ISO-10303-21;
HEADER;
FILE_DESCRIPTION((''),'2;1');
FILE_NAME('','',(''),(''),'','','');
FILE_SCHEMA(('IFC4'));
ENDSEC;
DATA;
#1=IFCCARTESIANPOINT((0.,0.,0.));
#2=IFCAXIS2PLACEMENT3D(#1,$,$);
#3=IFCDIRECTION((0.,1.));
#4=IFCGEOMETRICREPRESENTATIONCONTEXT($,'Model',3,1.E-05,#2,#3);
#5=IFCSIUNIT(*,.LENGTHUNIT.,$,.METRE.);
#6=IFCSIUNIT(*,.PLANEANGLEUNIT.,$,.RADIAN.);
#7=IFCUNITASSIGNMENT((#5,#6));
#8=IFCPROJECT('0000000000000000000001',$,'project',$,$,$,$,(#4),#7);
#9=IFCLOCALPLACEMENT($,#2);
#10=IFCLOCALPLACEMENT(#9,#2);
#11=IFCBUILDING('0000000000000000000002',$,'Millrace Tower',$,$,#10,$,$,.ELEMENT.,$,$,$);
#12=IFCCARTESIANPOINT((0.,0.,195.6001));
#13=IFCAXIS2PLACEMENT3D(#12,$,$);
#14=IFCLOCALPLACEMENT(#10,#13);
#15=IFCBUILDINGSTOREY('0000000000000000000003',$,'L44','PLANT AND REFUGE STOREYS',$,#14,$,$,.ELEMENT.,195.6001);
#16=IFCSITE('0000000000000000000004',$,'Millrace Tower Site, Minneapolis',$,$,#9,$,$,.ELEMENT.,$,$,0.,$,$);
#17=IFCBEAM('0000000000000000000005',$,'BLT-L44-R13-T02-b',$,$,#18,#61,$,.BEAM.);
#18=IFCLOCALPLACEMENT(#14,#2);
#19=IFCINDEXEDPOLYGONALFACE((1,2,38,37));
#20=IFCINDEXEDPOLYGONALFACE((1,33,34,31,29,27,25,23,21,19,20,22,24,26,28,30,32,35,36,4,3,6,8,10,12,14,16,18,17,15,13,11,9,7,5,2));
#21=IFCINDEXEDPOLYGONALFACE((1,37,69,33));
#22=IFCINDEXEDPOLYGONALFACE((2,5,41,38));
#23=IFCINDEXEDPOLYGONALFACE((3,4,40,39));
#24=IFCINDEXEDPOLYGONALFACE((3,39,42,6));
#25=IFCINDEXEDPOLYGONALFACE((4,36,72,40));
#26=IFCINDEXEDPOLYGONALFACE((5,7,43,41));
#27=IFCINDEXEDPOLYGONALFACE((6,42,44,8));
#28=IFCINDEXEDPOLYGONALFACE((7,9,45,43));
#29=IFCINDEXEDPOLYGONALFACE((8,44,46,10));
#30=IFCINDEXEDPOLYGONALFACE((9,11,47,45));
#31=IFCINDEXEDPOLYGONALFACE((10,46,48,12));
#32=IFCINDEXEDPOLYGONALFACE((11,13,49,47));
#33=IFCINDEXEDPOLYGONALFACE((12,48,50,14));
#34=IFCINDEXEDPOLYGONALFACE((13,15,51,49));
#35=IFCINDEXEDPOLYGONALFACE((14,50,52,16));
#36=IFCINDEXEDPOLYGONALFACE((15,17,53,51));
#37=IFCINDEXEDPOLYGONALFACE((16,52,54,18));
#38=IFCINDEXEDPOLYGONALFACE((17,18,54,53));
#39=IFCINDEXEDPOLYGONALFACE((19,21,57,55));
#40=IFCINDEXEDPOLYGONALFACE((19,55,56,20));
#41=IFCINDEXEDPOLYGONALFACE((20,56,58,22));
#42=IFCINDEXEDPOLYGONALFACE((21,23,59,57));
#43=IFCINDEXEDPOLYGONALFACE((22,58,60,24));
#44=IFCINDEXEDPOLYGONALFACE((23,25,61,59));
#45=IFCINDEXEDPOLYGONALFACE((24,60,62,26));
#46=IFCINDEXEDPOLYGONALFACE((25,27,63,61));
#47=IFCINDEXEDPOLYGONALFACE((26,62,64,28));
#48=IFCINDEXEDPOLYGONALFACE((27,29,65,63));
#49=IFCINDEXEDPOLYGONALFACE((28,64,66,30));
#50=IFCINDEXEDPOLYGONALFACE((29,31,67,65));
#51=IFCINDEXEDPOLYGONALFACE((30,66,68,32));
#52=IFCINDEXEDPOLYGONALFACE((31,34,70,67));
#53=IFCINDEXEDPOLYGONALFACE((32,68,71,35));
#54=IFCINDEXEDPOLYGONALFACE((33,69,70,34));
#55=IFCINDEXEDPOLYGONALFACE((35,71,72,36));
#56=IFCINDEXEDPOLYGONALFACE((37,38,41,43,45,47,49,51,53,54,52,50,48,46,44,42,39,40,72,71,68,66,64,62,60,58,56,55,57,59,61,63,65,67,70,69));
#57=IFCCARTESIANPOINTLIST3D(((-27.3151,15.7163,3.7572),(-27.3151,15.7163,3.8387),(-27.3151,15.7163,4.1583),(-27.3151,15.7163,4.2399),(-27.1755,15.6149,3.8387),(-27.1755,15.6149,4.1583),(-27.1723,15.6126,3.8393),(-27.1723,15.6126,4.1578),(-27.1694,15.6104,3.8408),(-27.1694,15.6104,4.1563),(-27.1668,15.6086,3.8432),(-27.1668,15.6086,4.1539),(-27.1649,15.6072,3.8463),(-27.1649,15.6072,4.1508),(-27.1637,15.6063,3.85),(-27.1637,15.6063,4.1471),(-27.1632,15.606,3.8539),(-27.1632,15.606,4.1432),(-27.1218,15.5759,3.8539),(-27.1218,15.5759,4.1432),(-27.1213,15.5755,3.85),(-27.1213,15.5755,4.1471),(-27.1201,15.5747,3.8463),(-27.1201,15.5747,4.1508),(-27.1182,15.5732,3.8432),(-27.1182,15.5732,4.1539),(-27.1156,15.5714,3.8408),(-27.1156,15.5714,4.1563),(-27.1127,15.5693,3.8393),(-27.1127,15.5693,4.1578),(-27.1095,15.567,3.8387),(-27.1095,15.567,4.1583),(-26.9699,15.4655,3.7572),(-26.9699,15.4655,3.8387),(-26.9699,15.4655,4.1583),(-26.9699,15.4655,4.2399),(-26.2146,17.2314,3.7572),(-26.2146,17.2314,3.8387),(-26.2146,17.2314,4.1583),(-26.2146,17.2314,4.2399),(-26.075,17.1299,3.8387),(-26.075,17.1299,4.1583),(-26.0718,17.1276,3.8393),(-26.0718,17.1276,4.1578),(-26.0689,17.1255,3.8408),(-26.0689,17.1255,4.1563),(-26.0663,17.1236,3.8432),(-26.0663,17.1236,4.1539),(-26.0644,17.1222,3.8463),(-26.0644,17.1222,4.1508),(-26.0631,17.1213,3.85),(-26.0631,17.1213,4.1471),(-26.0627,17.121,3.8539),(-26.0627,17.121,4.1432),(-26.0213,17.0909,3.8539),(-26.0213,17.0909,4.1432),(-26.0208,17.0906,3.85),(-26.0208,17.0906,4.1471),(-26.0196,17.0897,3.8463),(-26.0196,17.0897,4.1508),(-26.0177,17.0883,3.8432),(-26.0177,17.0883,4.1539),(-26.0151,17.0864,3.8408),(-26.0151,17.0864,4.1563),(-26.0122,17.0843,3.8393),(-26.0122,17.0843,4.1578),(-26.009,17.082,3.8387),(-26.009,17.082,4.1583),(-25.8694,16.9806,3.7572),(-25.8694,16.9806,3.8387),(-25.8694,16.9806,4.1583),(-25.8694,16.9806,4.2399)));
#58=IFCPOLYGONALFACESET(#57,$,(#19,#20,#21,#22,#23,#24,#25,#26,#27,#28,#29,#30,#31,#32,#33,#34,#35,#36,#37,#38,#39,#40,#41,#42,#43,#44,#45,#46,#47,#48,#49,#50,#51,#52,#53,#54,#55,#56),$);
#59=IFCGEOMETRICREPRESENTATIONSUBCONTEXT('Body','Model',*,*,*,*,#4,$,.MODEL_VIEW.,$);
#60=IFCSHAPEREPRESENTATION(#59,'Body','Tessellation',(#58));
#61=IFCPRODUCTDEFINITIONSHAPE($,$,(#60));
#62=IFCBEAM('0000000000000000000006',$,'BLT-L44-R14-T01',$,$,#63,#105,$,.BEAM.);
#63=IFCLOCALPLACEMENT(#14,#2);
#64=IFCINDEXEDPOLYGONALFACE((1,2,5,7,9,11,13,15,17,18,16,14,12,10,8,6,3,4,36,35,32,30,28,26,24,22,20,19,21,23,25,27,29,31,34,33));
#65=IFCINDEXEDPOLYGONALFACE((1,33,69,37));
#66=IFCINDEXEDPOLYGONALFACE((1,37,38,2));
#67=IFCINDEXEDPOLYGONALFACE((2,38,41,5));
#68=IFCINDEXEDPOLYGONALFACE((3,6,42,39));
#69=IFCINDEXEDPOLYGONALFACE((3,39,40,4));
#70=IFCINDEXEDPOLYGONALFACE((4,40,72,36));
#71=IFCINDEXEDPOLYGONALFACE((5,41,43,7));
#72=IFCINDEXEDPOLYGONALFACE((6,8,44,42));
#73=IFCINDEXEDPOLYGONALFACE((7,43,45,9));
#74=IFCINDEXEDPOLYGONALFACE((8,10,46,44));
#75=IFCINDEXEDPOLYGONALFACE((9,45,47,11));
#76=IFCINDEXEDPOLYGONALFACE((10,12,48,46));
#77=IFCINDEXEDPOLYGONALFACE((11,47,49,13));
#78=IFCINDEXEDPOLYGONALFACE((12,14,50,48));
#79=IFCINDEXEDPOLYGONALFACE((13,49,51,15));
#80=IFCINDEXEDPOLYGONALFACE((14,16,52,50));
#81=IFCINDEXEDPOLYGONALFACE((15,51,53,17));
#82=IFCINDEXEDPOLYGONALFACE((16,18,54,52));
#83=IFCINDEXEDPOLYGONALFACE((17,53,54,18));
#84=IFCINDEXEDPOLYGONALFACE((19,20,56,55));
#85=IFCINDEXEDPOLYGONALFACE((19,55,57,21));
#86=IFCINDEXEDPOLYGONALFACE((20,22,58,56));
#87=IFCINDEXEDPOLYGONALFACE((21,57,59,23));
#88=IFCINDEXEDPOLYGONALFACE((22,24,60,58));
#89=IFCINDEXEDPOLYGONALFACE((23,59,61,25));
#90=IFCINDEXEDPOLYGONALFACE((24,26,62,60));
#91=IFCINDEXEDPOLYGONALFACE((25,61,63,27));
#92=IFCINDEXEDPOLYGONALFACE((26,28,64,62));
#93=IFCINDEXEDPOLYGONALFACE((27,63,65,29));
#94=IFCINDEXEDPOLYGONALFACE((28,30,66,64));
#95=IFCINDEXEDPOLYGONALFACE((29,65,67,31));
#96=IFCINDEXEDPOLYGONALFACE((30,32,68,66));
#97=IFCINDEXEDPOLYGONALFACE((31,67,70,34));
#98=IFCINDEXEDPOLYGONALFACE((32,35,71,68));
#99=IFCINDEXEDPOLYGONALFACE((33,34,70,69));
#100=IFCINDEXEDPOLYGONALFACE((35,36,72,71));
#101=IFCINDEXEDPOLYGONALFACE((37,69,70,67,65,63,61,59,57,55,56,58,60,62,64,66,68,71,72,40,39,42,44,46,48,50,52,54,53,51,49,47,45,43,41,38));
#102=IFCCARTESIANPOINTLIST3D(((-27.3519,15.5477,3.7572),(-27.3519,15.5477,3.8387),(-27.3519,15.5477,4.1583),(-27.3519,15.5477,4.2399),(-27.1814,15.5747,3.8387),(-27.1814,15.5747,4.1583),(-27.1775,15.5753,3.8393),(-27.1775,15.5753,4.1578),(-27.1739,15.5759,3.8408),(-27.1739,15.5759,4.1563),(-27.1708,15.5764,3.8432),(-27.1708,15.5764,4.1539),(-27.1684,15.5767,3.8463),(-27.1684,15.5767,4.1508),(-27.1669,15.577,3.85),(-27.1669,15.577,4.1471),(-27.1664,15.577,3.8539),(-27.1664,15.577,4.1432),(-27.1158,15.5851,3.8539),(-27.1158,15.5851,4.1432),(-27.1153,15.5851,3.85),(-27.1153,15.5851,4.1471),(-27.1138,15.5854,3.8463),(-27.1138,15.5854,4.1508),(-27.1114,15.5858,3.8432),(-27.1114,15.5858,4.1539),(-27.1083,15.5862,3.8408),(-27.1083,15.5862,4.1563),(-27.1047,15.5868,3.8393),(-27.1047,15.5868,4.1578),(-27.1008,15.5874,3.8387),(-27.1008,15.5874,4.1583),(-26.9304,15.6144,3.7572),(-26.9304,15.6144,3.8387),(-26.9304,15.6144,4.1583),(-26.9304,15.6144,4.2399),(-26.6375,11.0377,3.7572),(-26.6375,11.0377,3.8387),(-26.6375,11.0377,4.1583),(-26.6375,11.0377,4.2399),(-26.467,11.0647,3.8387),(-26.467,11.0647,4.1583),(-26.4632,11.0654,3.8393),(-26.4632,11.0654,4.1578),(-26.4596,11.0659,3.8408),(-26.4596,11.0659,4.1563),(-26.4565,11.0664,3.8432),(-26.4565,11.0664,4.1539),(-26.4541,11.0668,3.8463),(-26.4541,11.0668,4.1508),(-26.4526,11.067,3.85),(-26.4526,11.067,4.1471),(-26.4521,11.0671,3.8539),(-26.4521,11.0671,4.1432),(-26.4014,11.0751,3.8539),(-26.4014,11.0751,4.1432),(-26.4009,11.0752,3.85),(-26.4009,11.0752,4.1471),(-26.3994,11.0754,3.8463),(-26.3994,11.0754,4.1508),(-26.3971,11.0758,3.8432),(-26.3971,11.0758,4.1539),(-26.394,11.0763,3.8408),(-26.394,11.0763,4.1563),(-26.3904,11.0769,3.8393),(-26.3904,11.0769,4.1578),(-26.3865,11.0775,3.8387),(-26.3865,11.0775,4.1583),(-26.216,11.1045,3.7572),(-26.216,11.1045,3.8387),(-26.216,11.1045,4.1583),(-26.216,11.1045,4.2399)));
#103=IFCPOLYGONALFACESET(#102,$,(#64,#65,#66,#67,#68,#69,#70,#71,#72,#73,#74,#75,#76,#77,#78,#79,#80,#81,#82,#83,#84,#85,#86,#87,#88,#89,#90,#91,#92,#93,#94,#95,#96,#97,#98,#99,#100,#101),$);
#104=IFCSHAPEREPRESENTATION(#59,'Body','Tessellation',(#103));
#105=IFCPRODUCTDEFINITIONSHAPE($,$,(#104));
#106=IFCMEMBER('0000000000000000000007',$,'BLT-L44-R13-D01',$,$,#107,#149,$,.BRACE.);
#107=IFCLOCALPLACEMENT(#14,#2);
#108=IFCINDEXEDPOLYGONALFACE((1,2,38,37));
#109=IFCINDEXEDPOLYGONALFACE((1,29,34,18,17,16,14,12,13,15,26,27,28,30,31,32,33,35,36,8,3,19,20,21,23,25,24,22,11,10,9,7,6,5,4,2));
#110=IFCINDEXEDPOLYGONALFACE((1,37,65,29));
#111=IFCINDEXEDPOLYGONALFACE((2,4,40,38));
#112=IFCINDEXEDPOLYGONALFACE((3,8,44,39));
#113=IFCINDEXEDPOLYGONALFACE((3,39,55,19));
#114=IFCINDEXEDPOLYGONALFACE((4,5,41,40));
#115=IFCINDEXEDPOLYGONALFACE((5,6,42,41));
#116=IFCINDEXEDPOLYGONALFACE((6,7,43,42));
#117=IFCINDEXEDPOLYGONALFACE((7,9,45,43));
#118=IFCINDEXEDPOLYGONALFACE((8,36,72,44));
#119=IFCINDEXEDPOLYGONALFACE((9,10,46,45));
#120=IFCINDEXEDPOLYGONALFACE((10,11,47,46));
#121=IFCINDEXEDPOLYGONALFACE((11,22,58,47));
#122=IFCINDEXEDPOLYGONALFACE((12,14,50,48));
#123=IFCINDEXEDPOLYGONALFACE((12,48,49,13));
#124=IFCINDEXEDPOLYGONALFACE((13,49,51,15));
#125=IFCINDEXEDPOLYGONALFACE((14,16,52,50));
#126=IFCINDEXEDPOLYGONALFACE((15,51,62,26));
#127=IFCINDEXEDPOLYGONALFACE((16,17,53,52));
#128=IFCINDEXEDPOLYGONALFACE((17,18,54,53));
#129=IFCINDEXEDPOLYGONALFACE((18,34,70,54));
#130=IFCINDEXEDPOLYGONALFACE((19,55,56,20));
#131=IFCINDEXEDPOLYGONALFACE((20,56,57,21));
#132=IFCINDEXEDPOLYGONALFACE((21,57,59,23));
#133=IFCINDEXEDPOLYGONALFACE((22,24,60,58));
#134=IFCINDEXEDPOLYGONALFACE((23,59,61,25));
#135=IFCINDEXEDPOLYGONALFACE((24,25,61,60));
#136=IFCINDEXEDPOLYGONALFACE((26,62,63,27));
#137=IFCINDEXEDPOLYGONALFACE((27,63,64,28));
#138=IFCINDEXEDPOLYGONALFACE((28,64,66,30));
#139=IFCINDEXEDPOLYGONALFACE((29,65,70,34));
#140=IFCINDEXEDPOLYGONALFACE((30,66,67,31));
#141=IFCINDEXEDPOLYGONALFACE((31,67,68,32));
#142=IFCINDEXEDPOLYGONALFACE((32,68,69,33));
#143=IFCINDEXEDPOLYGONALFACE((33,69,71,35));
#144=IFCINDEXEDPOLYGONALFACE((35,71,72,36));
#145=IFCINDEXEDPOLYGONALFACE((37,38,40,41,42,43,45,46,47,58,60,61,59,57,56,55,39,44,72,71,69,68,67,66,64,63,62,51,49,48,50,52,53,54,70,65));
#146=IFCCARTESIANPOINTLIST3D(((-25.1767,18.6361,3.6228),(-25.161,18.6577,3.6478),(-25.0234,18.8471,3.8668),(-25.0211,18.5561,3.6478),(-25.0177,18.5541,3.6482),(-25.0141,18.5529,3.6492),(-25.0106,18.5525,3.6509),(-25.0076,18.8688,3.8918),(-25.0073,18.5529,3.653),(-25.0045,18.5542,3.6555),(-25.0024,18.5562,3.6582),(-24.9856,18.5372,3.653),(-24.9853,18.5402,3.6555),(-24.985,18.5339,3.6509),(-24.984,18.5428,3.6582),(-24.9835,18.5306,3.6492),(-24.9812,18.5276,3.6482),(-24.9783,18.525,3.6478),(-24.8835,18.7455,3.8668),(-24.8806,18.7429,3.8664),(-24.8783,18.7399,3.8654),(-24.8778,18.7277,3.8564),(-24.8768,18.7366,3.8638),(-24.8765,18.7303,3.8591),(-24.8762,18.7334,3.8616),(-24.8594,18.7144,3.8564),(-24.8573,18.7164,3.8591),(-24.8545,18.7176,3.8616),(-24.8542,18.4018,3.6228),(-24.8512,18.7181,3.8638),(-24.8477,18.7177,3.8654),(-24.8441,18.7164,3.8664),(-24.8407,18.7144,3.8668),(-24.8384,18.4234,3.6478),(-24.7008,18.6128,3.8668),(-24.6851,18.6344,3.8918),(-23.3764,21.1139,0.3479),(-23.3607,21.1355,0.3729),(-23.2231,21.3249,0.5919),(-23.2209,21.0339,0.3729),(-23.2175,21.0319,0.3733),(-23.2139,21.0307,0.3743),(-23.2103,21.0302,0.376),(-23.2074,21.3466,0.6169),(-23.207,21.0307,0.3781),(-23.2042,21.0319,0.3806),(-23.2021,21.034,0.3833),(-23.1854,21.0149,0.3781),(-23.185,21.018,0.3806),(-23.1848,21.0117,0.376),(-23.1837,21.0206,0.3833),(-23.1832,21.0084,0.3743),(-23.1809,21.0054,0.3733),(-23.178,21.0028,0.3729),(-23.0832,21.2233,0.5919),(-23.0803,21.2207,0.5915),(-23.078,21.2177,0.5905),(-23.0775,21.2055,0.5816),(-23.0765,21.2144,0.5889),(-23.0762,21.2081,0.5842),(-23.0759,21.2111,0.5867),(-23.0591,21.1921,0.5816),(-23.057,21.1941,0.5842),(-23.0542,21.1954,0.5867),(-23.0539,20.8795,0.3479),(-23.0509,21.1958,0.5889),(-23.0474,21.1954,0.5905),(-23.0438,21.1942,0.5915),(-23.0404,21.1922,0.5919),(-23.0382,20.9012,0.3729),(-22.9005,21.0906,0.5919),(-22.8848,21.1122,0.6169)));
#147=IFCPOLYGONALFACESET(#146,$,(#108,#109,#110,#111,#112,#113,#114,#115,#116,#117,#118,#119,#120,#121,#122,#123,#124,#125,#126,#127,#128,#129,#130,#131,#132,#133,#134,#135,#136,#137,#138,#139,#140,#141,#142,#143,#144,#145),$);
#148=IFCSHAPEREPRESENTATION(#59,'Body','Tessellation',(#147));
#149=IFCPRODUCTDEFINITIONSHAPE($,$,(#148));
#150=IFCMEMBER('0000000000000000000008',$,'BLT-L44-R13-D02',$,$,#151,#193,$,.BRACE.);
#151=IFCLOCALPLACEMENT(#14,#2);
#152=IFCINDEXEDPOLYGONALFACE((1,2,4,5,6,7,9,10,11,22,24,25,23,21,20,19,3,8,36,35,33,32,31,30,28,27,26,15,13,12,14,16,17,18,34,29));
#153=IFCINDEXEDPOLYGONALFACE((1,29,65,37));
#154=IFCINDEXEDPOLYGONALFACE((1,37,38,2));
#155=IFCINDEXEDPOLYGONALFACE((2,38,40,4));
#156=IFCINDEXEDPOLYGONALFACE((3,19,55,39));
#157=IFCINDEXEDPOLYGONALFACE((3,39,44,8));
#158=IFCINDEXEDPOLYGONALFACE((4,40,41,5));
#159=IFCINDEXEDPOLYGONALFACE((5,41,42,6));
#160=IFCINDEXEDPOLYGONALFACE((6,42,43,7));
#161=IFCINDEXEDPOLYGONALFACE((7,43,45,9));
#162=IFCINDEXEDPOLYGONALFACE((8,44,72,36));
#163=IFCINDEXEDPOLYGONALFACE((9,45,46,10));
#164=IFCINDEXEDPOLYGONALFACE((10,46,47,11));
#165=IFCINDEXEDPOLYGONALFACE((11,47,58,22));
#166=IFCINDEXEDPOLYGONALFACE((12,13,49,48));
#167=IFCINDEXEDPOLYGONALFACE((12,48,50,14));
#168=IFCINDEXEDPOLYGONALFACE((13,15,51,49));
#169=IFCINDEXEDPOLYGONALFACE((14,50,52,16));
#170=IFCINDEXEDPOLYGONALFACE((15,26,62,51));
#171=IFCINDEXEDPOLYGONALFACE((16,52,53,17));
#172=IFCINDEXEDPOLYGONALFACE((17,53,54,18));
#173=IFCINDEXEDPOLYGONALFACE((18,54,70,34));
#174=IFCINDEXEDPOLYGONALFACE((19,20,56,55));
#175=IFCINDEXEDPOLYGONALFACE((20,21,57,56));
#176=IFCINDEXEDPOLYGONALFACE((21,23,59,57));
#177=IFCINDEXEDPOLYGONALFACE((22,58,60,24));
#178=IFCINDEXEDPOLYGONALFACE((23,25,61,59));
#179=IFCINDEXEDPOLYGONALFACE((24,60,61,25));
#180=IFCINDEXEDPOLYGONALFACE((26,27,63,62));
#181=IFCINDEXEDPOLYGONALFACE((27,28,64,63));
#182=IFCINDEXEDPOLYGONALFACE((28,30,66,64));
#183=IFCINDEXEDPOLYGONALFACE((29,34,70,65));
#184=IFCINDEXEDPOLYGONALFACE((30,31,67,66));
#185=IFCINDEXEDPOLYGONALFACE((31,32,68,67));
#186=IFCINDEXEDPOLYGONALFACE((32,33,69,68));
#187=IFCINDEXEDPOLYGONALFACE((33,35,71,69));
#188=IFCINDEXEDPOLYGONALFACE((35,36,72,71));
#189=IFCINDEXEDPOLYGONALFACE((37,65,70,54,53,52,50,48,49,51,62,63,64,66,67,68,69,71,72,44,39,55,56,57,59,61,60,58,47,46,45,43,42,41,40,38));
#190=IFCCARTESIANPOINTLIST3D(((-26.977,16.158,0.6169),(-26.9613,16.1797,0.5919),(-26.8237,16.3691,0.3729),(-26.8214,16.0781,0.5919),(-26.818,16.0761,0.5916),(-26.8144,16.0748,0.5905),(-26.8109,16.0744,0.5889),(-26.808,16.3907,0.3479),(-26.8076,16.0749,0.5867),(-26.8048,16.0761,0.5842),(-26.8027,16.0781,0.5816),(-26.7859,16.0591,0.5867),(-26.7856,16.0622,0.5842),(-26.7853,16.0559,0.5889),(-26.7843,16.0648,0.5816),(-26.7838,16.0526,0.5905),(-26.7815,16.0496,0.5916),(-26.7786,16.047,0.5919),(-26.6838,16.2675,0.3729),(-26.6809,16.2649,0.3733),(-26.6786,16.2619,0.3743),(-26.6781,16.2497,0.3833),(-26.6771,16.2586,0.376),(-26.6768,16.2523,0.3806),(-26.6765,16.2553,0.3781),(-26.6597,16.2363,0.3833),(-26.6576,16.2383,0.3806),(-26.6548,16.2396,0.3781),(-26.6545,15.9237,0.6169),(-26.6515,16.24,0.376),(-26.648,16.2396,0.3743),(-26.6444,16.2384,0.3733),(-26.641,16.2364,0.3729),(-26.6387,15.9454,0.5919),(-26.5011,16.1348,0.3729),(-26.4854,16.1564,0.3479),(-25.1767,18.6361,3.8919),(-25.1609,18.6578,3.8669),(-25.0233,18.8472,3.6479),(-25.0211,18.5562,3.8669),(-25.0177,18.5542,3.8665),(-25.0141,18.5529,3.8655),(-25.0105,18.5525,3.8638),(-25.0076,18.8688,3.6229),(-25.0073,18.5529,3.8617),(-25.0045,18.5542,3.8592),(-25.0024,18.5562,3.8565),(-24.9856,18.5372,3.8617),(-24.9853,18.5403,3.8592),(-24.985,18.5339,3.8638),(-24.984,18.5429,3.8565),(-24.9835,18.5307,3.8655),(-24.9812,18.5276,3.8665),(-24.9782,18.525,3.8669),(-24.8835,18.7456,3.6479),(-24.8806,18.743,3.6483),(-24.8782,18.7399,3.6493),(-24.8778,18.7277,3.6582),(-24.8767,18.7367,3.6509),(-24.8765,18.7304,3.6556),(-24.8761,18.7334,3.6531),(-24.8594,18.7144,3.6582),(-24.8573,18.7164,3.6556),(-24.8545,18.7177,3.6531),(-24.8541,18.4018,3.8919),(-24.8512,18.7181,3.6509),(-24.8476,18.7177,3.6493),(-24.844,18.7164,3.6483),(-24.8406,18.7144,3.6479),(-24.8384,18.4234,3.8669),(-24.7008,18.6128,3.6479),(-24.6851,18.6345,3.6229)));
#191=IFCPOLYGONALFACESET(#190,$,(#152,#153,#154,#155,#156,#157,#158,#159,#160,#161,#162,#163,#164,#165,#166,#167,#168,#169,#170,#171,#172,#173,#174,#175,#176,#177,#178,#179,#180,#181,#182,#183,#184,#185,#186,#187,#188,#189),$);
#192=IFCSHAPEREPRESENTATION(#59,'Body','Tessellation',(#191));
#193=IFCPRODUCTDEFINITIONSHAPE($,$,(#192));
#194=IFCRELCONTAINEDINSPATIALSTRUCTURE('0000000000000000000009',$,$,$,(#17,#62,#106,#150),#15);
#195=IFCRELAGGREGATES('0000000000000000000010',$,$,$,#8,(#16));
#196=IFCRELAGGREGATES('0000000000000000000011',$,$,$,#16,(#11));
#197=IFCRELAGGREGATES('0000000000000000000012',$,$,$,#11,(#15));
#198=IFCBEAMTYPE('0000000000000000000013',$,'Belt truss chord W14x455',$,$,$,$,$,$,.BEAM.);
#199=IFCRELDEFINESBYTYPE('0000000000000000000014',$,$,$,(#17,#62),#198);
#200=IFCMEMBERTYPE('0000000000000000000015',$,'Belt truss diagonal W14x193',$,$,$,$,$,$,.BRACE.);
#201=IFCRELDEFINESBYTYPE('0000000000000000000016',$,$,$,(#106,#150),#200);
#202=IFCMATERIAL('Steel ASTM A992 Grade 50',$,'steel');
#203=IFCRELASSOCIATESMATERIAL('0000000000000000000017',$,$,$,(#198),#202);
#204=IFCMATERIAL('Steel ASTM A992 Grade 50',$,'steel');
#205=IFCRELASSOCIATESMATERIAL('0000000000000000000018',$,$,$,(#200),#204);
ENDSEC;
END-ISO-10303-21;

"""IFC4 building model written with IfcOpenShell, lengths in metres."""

from ifc_helpers import new_model, si_unit, direction, frame, origin, origin_2d, place, context, subcontext, project, spatial, i_section, extrude, material, material_profile, profile_set, type_object, element, save


model = new_model("IFC4")

# Units and contexts
model_context = context("Model", 3, precision=1e-05, world=origin(), true_north=direction((0.0, 1.0)))
body_context = subcontext(model_context, "Body", "Model", "MODEL_VIEW")
ifc_project = project(units=[si_unit("LENGTHUNIT", "METRE"), si_unit("PLANEANGLEUNIT", "RADIAN")], contexts=[model_context])

# Site, building, storey
site_placement = place(None, origin())
site = spatial("IfcSite", under=ifc_project, at=site_placement, Name="Millrace Tower Site, Minneapolis", CompositionType="ELEMENT", RefElevation=0.0)
building_placement = place(site_placement, origin())
building = spatial("IfcBuilding", under=site, at=building_placement, Name="Millrace Tower", CompositionType="ELEMENT")
storey_placement = place(building_placement, frame((0.0, 0.0, 195.6001)))
storey = spatial("IfcBuildingStorey", under=building, at=storey_placement, Name="L44", Description="PLANT AND REFUGE STOREYS", CompositionType="ELEMENT", Elevation=195.6001)

# Beams
ifc_material_1 = material(Name="Steel ASTM A992 Grade 50", Category="steel")
ifc_material_profile_1 = material_profile(ifc_material_1, i_section(OverallWidth=0.4268, OverallDepth=0.4827, WebThickness=0.0513, FlangeThickness=0.0815, FilletRadius=0.0151, at=origin_2d()))
ifc_profile_set_1 = profile_set([ifc_material_profile_1], Name="Steel ASTM A992 Grade 50")
beam_type_1 = type_object("IfcBeamType", Name="Belt truss chord W14x455", PredefinedType="BEAM", material=ifc_profile_set_1)
beam_1_placement = place(storey_placement, frame((-26.042, 17.106, 3.9985), z_axis=(-0.587706, -0.809074, 0.0), x_axis=(0.809074, -0.587706, 0.0)))
element("IfcBeam", 1, at=beam_1_placement, inside=storey, type_object=beam_type_1, Name="BLT-L44-R13-T02-b", PredefinedType="BEAM", context=body_context, shape_type="SweptSolid", body=[
    extrude(i_section(OverallWidth=0.4268, OverallDepth=0.4827, WebThickness=0.0513, FlangeThickness=0.0815, FilletRadius=0.0151, at=origin_2d()), origin(), (0.0, 0.0, 1.0), 1.8726),
])
beam_2_placement = place(storey_placement, frame((-27.1411, 15.5811, 3.9985), z_axis=(0.156443, -0.987687, 0.0), x_axis=(0.987687, 0.156443, 0.0)))
element("IfcBeam", 2, at=beam_2_placement, inside=storey, type_object=beam_type_1, Name="BLT-L44-R14-T01", PredefinedType="BEAM", context=body_context, shape_type="SweptSolid", body=[
    extrude(i_section(OverallWidth=0.4268, OverallDepth=0.4827, WebThickness=0.0513, FlangeThickness=0.0815, FilletRadius=0.0151, at=origin_2d()), origin(), (0.0, 0.0, 1.0), 4.5662),
])

# Members
ifc_material_2 = material(Name="Steel ASTM A992 Grade 50", Category="steel")
ifc_material_profile_2 = material_profile(ifc_material_2, i_section(OverallWidth=0.3987, OverallDepth=0.3938, WebThickness=0.0227, FlangeThickness=0.0366, FilletRadius=0.0151, at=origin_2d()))
ifc_profile_set_2 = profile_set([ifc_material_profile_2], Name="Steel ASTM A992 Grade 50")
member_type_1 = type_object("IfcMemberType", Name="Belt truss diagonal W14x193", PredefinedType="BRACE", material=ifc_profile_set_2)
member_1_placement = place(storey_placement, frame((-23.1306, 21.113, 0.4824), z_axis=(-0.401501, -0.552594, 0.730368), x_axis=(0.809005, -0.587802, 0.0)))
element("IfcMember", 3, at=member_1_placement, inside=storey, type_object=member_type_1, Name="BLT-L44-R13-D01", PredefinedType="BRACE", context=body_context, shape_type="SweptSolid", body=[
    extrude(i_section(OverallWidth=0.3987, OverallDepth=0.3938, WebThickness=0.0227, FlangeThickness=0.0366, FilletRadius=0.0151, at=origin_2d()), origin(), (0.0, 0.0, 1.0), 4.4839),
])
member_2_placement = place(storey_placement, frame((-26.7312, 16.1572, 0.4824), z_axis=(0.401489, 0.552632, 0.730346), x_axis=(-0.809032, 0.587764, 0.0)))
element("IfcMember", 4, at=member_2_placement, inside=storey, type_object=member_type_1, Name="BLT-L44-R13-D02", PredefinedType="BRACE", context=body_context, shape_type="SweptSolid", body=[
    extrude(i_section(OverallWidth=0.3987, OverallDepth=0.3938, WebThickness=0.0227, FlangeThickness=0.0366, FilletRadius=0.0151, at=origin_2d()), origin(), (0.0, 0.0, 1.0), 4.4841),
])

save(model, "model.ifc")
